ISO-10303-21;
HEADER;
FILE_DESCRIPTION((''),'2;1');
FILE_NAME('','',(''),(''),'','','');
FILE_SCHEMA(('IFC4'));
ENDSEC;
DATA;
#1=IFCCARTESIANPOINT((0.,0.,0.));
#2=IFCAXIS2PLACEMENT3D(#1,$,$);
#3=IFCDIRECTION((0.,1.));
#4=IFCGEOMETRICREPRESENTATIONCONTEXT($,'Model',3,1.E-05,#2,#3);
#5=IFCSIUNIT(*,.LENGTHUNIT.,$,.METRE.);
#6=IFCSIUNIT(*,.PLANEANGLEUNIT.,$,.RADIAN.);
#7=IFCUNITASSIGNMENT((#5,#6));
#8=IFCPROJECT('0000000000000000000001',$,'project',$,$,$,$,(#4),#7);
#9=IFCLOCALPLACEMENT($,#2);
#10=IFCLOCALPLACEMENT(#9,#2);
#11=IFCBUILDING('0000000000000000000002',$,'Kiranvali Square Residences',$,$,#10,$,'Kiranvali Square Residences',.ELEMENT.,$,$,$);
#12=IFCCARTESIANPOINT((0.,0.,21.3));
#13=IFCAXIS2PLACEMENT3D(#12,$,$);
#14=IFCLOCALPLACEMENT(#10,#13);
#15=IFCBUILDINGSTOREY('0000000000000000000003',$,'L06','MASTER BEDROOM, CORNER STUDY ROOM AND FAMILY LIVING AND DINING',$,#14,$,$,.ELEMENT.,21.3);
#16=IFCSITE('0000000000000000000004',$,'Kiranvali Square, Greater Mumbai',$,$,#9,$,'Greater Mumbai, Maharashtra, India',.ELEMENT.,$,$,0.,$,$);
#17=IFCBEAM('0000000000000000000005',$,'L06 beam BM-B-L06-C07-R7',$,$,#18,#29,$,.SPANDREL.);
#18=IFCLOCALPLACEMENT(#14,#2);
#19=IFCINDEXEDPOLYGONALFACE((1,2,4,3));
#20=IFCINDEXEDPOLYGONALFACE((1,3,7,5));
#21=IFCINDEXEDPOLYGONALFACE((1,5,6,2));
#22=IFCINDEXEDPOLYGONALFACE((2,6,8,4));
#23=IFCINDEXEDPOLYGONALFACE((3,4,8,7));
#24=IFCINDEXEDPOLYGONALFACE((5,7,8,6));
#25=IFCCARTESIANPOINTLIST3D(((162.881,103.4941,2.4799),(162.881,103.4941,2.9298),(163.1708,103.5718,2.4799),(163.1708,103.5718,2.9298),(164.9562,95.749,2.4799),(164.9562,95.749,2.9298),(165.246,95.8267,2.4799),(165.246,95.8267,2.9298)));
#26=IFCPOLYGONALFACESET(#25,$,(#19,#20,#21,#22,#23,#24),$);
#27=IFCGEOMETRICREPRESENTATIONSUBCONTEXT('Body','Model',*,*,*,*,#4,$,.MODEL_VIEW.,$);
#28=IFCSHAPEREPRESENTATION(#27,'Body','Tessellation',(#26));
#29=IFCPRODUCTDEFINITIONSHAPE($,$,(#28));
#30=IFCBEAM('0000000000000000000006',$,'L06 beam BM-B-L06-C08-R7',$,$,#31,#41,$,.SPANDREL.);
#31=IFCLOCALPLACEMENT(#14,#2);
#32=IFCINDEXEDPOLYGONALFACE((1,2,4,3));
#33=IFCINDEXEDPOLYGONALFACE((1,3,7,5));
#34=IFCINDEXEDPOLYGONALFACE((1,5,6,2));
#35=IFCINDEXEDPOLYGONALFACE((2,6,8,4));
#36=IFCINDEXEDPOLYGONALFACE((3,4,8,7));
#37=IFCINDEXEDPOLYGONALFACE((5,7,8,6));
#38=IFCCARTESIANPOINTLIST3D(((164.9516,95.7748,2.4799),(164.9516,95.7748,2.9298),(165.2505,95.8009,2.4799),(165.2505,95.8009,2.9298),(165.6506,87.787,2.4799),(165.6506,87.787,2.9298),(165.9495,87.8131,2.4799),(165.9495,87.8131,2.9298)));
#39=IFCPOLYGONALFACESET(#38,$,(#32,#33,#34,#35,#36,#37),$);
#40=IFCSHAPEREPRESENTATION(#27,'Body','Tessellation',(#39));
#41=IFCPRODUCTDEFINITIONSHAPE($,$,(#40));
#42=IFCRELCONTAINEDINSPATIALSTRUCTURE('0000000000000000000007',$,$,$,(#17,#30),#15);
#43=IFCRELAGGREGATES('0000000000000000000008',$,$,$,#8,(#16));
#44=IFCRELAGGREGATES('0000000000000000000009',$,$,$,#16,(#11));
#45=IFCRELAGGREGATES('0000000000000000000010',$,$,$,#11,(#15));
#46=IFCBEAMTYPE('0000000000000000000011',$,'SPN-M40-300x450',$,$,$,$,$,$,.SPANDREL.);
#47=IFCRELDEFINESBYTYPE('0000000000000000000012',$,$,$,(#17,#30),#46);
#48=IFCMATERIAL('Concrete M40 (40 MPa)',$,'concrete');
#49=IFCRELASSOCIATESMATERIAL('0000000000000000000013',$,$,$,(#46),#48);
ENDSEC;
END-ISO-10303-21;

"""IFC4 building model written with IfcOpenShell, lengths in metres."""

from ifc_helpers import new_model, si_unit, direction, frame, origin, origin_2d, place, context, subcontext, project, spatial, rectangle, extrude, material, material_profile, profile_set, type_object, element, save


model = new_model("IFC4")

# Units and contexts
model_context = context("Model", 3, precision=1e-05, world=origin(), true_north=direction((0.0, 1.0)))
body_context = subcontext(model_context, "Body", "Model", "MODEL_VIEW")
ifc_project = project(units=[si_unit("LENGTHUNIT", "METRE"), si_unit("PLANEANGLEUNIT", "RADIAN")], contexts=[model_context])

# Site, building, storey
site_placement = place(None, origin())
site = spatial("IfcSite", under=ifc_project, at=site_placement, Name="Kiranvali Square, Greater Mumbai", LongName="Greater Mumbai, Maharashtra, India", CompositionType="ELEMENT", RefElevation=0.0)
building_placement = place(site_placement, origin())
building = spatial("IfcBuilding", under=site, at=building_placement, Name="Kiranvali Square Residences", LongName="Kiranvali Square Residences", CompositionType="ELEMENT")
storey_placement = place(building_placement, frame((0.0, 0.0, 21.3)))
storey = spatial("IfcBuildingStorey", under=building, at=storey_placement, Name="L06", Description="MASTER BEDROOM, CORNER STUDY ROOM AND FAMILY LIVING AND DINING", CompositionType="ELEMENT", Elevation=21.3)

# Beams
ifc_material_1 = material(Name="Concrete M40 (40 MPa)", Category="concrete")
ifc_material_profile_1 = material_profile(ifc_material_1, rectangle(XDim=0.3, YDim=0.45, at=origin_2d()), Name="RC 300x450")
ifc_profile_set_1 = profile_set([ifc_material_profile_1], Name="Concrete M40 (40 MPa)")
beam_type_1 = type_object("IfcBeamType", Name="SPN-M40-300x450", PredefinedType="SPANDREL", material=ifc_profile_set_1)
for number, where, z_axis, x_axis, name in (
    (1, (163.0259, 103.533, 2.7048), (0.258807, -0.965929, 0.0), (0.965929, 0.258807, 0.0), "L06 beam BM-B-L06-C07-R7"),
    (2, (165.1011, 95.7878, 2.7048), (0.087172, -0.996193, 0.0), (0.996193, 0.087172, 0.0), "L06 beam BM-B-L06-C08-R7"),
):
    element("IfcBeam", number, at=place(storey_placement, frame(where, z_axis=z_axis, x_axis=x_axis)), inside=storey, type_object=beam_type_1, Name=name, PredefinedType="SPANDREL", context=body_context, shape_type="SweptSolid", body=[
        extrude(rectangle(XDim=0.3, YDim=0.45, at=origin_2d()), origin(), (0.0, 0.0, 1.0), 8.0183),
    ])

save(model, "model.ifc")
